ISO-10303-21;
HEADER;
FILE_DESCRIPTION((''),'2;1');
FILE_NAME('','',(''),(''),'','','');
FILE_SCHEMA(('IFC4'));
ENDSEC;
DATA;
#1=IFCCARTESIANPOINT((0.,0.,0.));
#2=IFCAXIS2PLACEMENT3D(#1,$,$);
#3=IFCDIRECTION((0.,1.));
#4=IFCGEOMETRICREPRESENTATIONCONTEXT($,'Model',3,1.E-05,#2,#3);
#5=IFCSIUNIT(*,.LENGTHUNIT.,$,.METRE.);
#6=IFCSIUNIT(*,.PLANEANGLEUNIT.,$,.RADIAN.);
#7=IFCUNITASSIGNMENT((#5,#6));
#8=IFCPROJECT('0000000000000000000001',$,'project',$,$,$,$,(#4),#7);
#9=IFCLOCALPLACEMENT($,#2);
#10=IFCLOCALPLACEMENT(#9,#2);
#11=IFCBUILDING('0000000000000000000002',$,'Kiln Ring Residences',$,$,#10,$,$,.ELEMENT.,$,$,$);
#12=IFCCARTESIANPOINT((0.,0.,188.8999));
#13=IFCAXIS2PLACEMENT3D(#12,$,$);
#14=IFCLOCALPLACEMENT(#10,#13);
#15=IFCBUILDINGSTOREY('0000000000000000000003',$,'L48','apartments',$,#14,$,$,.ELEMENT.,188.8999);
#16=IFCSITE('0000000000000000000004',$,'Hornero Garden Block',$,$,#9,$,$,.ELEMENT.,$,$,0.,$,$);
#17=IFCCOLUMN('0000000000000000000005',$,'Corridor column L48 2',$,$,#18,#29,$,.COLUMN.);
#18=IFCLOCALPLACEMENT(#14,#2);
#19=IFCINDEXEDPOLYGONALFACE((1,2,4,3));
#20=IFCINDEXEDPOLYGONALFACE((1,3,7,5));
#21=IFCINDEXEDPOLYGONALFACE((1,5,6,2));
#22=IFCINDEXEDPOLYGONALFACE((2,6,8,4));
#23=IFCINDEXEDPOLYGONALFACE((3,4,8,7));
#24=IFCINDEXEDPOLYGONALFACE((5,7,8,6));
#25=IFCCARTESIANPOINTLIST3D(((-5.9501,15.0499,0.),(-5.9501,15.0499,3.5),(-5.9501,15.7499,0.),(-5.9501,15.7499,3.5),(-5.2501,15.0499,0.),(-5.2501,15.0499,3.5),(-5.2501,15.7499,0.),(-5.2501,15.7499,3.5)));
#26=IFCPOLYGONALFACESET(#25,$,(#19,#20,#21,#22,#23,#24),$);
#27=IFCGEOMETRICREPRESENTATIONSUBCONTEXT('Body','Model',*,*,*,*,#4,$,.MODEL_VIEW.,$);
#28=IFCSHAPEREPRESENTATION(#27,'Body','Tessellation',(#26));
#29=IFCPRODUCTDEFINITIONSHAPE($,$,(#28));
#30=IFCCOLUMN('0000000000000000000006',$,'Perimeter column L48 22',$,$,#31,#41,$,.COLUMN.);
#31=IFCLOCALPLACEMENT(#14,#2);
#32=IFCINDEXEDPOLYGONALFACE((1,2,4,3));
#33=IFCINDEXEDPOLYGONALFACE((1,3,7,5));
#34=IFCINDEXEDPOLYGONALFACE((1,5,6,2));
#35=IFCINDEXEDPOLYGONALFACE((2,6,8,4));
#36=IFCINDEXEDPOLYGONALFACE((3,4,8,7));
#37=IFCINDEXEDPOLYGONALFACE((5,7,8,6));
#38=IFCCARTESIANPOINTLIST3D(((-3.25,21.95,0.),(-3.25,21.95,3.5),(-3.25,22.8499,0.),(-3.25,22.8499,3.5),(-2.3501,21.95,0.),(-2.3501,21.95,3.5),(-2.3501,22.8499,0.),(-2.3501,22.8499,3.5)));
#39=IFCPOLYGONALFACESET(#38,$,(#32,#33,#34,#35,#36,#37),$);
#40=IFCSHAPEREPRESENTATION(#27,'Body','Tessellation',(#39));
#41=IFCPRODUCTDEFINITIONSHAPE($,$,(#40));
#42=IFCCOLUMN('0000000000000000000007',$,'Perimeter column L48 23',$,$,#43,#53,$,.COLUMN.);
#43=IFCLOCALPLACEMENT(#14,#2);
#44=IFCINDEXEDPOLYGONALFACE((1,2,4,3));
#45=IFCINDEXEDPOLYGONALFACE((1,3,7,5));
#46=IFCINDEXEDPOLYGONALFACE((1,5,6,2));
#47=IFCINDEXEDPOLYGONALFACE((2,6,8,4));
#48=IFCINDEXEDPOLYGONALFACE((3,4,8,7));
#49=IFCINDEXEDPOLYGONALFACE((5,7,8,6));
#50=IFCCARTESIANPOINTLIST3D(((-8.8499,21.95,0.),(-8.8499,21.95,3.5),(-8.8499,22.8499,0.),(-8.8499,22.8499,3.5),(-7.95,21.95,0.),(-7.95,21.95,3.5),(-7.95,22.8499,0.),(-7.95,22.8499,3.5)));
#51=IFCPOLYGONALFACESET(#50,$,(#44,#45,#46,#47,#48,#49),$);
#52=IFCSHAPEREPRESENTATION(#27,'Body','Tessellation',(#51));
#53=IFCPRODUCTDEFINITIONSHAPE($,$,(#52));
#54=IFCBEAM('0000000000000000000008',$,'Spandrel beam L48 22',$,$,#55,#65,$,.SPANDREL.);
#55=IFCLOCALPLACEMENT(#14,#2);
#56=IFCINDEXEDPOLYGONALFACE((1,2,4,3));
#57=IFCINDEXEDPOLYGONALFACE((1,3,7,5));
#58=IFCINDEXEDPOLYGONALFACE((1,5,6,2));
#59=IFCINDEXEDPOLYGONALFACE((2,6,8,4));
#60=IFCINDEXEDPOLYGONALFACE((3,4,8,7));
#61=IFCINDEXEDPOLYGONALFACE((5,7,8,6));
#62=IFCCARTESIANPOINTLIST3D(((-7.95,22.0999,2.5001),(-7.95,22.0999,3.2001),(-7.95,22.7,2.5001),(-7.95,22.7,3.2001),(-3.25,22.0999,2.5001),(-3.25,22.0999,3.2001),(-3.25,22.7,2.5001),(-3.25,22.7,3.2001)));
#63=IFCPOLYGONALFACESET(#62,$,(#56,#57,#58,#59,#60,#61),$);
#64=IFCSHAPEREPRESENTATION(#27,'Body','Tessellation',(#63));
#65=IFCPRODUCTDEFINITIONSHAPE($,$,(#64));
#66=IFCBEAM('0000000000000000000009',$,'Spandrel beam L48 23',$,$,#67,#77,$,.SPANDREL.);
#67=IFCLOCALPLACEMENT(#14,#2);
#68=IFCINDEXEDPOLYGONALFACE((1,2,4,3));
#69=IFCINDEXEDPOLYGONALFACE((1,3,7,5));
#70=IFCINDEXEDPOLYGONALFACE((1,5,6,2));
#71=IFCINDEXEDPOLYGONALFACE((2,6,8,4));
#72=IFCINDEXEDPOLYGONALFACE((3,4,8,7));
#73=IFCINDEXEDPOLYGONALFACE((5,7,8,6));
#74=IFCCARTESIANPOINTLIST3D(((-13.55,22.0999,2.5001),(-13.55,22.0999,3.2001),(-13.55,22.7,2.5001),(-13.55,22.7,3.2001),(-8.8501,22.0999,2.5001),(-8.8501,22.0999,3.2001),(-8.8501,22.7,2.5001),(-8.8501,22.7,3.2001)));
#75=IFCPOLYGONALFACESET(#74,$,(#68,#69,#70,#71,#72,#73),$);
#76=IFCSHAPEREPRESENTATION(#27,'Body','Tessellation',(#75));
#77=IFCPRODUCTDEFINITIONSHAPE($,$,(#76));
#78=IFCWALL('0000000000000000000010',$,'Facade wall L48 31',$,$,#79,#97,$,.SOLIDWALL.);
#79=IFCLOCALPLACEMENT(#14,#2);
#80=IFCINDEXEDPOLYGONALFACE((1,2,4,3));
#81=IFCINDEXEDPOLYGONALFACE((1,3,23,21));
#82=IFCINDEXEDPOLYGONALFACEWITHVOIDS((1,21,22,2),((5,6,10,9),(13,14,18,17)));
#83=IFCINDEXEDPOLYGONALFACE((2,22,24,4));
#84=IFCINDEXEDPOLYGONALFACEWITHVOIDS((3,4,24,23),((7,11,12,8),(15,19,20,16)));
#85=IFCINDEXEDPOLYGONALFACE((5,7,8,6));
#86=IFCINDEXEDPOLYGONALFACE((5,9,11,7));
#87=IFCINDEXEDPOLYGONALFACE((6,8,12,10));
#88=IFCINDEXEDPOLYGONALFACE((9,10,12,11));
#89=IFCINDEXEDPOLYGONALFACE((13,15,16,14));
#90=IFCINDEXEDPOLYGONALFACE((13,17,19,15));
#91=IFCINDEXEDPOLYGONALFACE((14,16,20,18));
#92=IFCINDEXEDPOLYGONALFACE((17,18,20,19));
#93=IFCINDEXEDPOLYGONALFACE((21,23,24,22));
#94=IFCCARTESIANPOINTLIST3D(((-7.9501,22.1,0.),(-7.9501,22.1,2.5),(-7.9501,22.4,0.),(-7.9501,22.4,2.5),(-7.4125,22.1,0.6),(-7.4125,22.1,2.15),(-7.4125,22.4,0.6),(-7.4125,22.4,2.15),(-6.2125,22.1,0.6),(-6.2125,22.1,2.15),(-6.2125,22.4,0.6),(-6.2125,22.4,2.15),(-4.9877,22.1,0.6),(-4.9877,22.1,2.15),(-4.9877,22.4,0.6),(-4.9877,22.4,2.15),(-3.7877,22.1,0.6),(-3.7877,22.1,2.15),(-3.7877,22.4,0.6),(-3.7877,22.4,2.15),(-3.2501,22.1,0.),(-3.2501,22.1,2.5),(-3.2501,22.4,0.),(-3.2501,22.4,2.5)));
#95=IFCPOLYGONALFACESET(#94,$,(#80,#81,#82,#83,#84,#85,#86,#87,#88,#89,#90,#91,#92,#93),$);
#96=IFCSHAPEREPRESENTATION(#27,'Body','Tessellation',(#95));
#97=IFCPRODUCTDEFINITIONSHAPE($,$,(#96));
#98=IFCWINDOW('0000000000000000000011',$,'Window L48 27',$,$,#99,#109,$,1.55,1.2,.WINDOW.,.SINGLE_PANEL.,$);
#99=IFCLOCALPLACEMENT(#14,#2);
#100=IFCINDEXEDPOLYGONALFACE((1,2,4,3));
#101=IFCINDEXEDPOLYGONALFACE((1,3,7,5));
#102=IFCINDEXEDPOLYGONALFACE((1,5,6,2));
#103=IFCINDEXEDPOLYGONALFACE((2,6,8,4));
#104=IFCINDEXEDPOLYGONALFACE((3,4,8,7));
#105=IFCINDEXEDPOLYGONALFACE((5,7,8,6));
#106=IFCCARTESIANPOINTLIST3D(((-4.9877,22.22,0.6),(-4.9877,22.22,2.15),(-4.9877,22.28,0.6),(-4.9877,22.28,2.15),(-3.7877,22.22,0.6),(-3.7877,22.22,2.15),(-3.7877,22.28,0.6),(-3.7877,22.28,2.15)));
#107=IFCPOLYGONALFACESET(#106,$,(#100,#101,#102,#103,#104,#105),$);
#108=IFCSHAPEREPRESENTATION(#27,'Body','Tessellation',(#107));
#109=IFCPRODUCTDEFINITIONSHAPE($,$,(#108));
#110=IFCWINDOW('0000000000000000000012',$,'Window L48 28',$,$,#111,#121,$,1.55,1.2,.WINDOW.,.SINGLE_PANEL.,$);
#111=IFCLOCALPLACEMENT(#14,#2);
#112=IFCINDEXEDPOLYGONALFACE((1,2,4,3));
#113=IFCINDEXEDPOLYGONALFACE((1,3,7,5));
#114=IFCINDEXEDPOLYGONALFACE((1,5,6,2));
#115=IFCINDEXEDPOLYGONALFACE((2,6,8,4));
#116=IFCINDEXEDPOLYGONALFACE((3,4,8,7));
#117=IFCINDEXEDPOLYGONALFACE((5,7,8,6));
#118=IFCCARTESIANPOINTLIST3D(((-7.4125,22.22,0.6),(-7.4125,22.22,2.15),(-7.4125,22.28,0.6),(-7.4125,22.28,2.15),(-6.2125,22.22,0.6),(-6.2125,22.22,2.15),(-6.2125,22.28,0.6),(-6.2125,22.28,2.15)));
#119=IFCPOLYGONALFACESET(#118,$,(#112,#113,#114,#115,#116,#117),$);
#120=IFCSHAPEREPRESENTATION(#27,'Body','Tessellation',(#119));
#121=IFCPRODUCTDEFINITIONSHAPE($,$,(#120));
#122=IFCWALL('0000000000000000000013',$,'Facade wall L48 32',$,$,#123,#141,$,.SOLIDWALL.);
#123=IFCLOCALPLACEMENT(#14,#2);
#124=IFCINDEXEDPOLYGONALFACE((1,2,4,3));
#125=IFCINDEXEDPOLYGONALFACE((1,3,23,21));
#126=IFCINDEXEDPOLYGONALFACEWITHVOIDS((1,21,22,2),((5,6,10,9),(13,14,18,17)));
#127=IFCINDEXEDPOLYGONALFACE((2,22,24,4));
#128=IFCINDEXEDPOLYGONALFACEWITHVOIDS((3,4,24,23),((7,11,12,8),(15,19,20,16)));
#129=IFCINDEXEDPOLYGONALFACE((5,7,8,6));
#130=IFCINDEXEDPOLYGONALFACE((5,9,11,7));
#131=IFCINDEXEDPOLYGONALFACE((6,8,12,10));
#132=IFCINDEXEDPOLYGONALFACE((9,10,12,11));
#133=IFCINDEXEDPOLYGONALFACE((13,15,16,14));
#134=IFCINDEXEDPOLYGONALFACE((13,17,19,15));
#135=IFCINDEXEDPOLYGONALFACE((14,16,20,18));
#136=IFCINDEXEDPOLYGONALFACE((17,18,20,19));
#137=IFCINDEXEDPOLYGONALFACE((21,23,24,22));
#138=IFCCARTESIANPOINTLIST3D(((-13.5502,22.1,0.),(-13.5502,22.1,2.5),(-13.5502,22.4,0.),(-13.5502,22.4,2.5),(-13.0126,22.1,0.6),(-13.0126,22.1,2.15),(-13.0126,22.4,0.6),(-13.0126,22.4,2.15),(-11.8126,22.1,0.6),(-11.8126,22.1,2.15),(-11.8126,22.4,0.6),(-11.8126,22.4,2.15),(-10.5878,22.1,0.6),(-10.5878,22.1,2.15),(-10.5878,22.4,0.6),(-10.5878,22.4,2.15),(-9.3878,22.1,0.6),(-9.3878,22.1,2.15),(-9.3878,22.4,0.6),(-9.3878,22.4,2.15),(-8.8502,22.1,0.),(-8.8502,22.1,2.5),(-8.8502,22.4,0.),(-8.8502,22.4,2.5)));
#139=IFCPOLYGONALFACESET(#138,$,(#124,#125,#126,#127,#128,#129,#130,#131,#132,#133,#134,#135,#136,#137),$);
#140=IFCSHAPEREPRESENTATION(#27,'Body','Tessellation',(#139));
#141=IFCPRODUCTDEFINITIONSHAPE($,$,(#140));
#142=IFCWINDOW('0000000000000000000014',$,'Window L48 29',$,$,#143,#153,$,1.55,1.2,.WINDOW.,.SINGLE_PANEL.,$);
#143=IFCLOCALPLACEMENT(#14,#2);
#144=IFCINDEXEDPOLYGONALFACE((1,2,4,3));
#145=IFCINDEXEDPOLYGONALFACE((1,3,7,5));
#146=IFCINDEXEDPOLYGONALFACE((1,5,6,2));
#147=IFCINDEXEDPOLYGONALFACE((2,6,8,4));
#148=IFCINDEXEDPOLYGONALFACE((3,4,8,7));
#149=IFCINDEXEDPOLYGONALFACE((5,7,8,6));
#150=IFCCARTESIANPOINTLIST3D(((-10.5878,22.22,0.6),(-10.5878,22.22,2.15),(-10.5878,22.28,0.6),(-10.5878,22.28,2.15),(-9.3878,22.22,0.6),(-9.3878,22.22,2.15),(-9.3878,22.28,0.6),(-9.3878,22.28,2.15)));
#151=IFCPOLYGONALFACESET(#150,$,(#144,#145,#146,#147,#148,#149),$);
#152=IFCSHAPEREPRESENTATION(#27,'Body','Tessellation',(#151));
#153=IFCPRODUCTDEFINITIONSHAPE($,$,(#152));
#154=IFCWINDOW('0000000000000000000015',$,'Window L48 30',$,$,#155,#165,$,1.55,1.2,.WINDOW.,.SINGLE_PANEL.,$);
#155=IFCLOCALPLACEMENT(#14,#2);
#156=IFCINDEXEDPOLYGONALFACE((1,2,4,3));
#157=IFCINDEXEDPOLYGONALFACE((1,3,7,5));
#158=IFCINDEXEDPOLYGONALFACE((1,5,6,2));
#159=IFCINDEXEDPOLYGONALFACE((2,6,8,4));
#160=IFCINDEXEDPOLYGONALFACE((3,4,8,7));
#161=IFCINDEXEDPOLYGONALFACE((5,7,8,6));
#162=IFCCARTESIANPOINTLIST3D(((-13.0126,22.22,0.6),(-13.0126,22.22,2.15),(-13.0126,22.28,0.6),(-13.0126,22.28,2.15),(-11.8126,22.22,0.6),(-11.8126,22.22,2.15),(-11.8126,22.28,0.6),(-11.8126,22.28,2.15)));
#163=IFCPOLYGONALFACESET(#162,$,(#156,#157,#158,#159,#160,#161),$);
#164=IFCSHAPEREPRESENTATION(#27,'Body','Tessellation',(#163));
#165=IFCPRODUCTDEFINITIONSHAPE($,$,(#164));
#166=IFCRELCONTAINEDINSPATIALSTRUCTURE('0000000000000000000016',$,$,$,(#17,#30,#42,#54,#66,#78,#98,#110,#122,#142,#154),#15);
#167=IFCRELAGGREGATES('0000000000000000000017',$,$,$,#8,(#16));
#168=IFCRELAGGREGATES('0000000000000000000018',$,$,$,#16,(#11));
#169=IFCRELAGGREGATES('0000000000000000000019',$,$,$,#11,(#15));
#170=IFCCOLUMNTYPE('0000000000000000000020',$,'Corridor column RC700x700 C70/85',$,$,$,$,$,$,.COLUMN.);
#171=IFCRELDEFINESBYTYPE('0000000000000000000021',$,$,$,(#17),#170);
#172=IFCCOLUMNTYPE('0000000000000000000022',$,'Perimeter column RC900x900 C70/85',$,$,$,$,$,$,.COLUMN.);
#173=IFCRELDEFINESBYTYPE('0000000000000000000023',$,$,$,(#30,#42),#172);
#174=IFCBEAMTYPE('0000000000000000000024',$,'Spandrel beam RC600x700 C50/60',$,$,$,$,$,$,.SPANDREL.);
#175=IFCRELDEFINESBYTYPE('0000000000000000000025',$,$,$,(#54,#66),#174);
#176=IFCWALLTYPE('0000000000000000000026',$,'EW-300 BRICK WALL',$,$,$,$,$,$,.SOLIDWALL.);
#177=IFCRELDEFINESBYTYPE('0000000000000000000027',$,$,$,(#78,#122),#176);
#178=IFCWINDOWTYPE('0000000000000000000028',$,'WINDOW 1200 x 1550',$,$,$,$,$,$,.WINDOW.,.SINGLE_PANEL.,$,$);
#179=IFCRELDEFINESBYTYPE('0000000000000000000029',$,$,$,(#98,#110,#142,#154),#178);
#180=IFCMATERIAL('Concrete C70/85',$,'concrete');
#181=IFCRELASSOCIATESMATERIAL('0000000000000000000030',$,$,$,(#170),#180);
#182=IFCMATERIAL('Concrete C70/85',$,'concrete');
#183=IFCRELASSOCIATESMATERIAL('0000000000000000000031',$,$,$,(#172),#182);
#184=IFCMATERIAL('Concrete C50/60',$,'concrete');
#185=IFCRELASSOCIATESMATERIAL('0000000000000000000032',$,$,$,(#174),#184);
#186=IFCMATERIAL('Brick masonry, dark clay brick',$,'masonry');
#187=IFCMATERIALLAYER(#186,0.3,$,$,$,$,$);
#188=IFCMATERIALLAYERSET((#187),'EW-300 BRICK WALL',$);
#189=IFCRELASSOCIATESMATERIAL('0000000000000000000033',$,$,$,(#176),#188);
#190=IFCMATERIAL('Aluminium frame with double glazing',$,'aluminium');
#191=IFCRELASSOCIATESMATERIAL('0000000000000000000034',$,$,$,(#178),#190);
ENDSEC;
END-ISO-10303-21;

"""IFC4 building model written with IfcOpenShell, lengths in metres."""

from ifc_helpers import new_model, si_unit, direction, frame, frame_2d, origin, origin_2d, place, context, subcontext, project, spatial, rectangle, extrude, material, layer, layer_set, material_profile, profile_set, type_object, element, fill, save


model = new_model("IFC4")

# Units and contexts
model_context = context("Model", 3, precision=1e-05, world=origin(), true_north=direction((0.0, 1.0)))
body_context = subcontext(model_context, "Body", "Model", "MODEL_VIEW")
ifc_project = project(units=[si_unit("LENGTHUNIT", "METRE"), si_unit("PLANEANGLEUNIT", "RADIAN")], contexts=[model_context])

# Site, building, storey
site_placement = place(None, origin())
site = spatial("IfcSite", under=ifc_project, at=site_placement, Name="Hornero Garden Block", CompositionType="ELEMENT", RefElevation=0.0)
building_placement = place(site_placement, origin())
building = spatial("IfcBuilding", under=site, at=building_placement, Name="Kiln Ring Residences", CompositionType="ELEMENT")
storey_placement = place(building_placement, frame((0.0, 0.0, 188.8999)))
storey = spatial("IfcBuildingStorey", under=building, at=storey_placement, Name="L48", Description="apartments", CompositionType="ELEMENT", Elevation=188.8999)

# Columns
ifc_material_1 = material(Name="Concrete C70/85", Category="concrete")
ifc_material_profile_1 = material_profile(ifc_material_1, rectangle(XDim=0.7, YDim=0.7, at=origin_2d()), Name="RC700x700")
ifc_profile_set_1 = profile_set([ifc_material_profile_1], Name="Concrete C70/85")
column_type_1 = type_object("IfcColumnType", Name="Corridor column RC700x700 C70/85", PredefinedType="COLUMN", material=ifc_profile_set_1)
column_placement = place(storey_placement, frame((-5.6001, 15.3999, 0.0), z_axis=(0.0, 0.0, 1.0), x_axis=(1.0, 0.0, 0.0)))
element("IfcColumn", 1, at=column_placement, inside=storey, type_object=column_type_1, Name="Corridor column L48 2", PredefinedType="COLUMN", context=body_context, shape_type="SweptSolid", body=[
    extrude(rectangle(XDim=0.7, YDim=0.7, at=origin_2d()), origin(), (0.0, 0.0, 1.0), 3.5),
])
ifc_material_2 = material(Name="Concrete C70/85", Category="concrete")
ifc_material_profile_2 = material_profile(ifc_material_2, rectangle(XDim=0.8999, YDim=0.8999, at=origin_2d()), Name="RC900x900")
ifc_profile_set_2 = profile_set([ifc_material_profile_2], Name="Concrete C70/85")
column_type_2 = type_object("IfcColumnType", Name="Perimeter column RC900x900 C70/85", PredefinedType="COLUMN", material=ifc_profile_set_2)
for number, where, z_axis, x_axis, name in (
    (2, (-2.8, 22.3999, 0.0), (0.0, 0.0, 1.0), (1.0, 0.0, 0.0), "Perimeter column L48 22"),
    (3, (-8.3999, 22.3999, 0.0), (0.0, 0.0, 1.0), (1.0, 0.0, 0.0), "Perimeter column L48 23"),
):
    element("IfcColumn", number, at=place(storey_placement, frame(where, z_axis=z_axis, x_axis=x_axis)), inside=storey, type_object=column_type_2, Name=name, PredefinedType="COLUMN", context=body_context, shape_type="SweptSolid", body=[
        extrude(rectangle(XDim=0.8999, YDim=0.8999, at=origin_2d()), origin(), (0.0, 0.0, 1.0), 3.5),
    ])

# Beams
ifc_material_3 = material(Name="Concrete C50/60", Category="concrete")
ifc_material_profile_3 = material_profile(ifc_material_3, rectangle(XDim=0.6001, YDim=0.7, at=origin_2d()), Name="RC600x700")
ifc_profile_set_3 = profile_set([ifc_material_profile_3], Name="Concrete C50/60")
beam_type = type_object("IfcBeamType", Name="Spandrel beam RC600x700 C50/60", PredefinedType="SPANDREL", material=ifc_profile_set_3)
for number, where, z_axis, x_axis, name in (
    (4, (-3.25, 22.3999, 2.8501), (-1.0, 0.0, 0.0), (0.0, -1.0, 0.0), "Spandrel beam L48 22"),
    (5, (-8.8501, 22.3999, 2.8501), (-1.0, 0.0, 0.0), (0.0, -1.0, 0.0), "Spandrel beam L48 23"),
):
    element("IfcBeam", number, at=place(storey_placement, frame(where, z_axis=z_axis, x_axis=x_axis)), inside=storey, type_object=beam_type, Name=name, PredefinedType="SPANDREL", context=body_context, shape_type="SweptSolid", body=[
        extrude(rectangle(XDim=0.6001, YDim=0.7, at=origin_2d()), origin(), (0.0, 0.0, 1.0), 4.7),
    ])

# Walls, openings, windows
ifc_material_4 = material(Name="Brick masonry, dark clay brick", Category="masonry")
ifc_layer_1 = layer(ifc_material_4, 0.3)
ifc_layer_set_1 = layer_set([ifc_layer_1], Name="EW-300 BRICK WALL")
wall_type_1 = type_object("IfcWallType", Name="EW-300 BRICK WALL", PredefinedType="SOLIDWALL", material=ifc_layer_set_1)
wall_1_placement = place(storey_placement, frame((-3.25, 22.25, 0.0), z_axis=(0.0, 0.0, 1.0), x_axis=(-1.0, 0.0, 0.0)))
wall_1 = element("IfcWall", 6, at=wall_1_placement, inside=storey, type_object=wall_type_1, Name="Facade wall L48 31", PredefinedType="SOLIDWALL", context=body_context, shape_type="SweptSolid", body=[
    extrude(rectangle(XDim=4.7, YDim=0.3, at=frame_2d((2.3501, 0.0))), origin(), (0.0, 0.0, 1.0), 2.5),
])
opening_1_placement = place(wall_1_placement, frame((0.5376, 0.0, 0.6001)))
opening_1 = element("IfcOpeningElement", 7, at=opening_1_placement, cuts=wall_1, PredefinedType="OPENING", context=body_context, shape_type="SweptSolid", body=[
    extrude(rectangle(XDim=1.2, YDim=1.55, at=frame_2d((0.6001, 0.7749))), frame((0.0, 0.1599, 0.0), z_axis=(0.0, -1.0, 0.0), x_axis=(1.0, 0.0, 0.0)), (0.0, 0.0, 1.0), 0.3201),
])
opening_2_placement = place(wall_1_placement, frame((2.9624, 0.0, 0.6001)))
opening_2 = element("IfcOpeningElement", 8, at=opening_2_placement, cuts=wall_1, PredefinedType="OPENING", context=body_context, shape_type="SweptSolid", body=[
    extrude(rectangle(XDim=1.2, YDim=1.55, at=frame_2d((0.6001, 0.7749))), frame((0.0, 0.1599, 0.0), z_axis=(0.0, -1.0, 0.0), x_axis=(1.0, 0.0, 0.0)), (0.0, 0.0, 1.0), 0.3201),
])
ifc_material_5 = material(Name="Aluminium frame with double glazing", Category="aluminium")
window_type = type_object("IfcWindowType", Name="WINDOW 1200 x 1550", PartitioningType="SINGLE_PANEL", PredefinedType="WINDOW", material=ifc_material_5)
window_1_placement = place(opening_1_placement, origin())
window_1 = element("IfcWindow", 9, at=window_1_placement, inside=storey, type_object=window_type, Name="Window L48 27", OverallHeight=1.55, OverallWidth=1.2, PartitioningType="SINGLE_PANEL", PredefinedType="WINDOW", context=body_context, shape_type="SweptSolid", body=[
    extrude(rectangle(XDim=1.2, YDim=1.55, at=frame_2d((0.6001, 0.7749))), frame((0.0, 0.03, 0.0), z_axis=(0.0, -1.0, 0.0), x_axis=(1.0, 0.0, 0.0)), (0.0, 0.0, 1.0), 0.0601),
])
fill(opening_1, window_1)
window_2_placement = place(opening_2_placement, origin())
window_2 = element("IfcWindow", 10, at=window_2_placement, inside=storey, type_object=window_type, Name="Window L48 28", OverallHeight=1.55, OverallWidth=1.2, PartitioningType="SINGLE_PANEL", PredefinedType="WINDOW", context=body_context, shape_type="SweptSolid", body=[
    extrude(rectangle(XDim=1.2, YDim=1.55, at=frame_2d((0.6001, 0.7749))), frame((0.0, 0.03, 0.0), z_axis=(0.0, -1.0, 0.0), x_axis=(1.0, 0.0, 0.0)), (0.0, 0.0, 1.0), 0.0601),
])
fill(opening_2, window_2)
wall_2_placement = place(storey_placement, frame((-8.8501, 22.25, 0.0), z_axis=(0.0, 0.0, 1.0), x_axis=(-1.0, 0.0, 0.0)))
wall_2 = element("IfcWall", 11, at=wall_2_placement, inside=storey, type_object=wall_type_1, Name="Facade wall L48 32", PredefinedType="SOLIDWALL", context=body_context, shape_type="SweptSolid", body=[
    extrude(rectangle(XDim=4.7, YDim=0.3, at=frame_2d((2.3501, 0.0))), origin(), (0.0, 0.0, 1.0), 2.5),
])
opening_3_placement = place(wall_2_placement, frame((0.5376, 0.0, 0.6001)))
opening_3 = element("IfcOpeningElement", 12, at=opening_3_placement, cuts=wall_2, PredefinedType="OPENING", context=body_context, shape_type="SweptSolid", body=[
    extrude(rectangle(XDim=1.2, YDim=1.55, at=frame_2d((0.6001, 0.7749))), frame((0.0, 0.1599, 0.0), z_axis=(0.0, -1.0, 0.0), x_axis=(1.0, 0.0, 0.0)), (0.0, 0.0, 1.0), 0.3201),
])
opening_4_placement = place(wall_2_placement, frame((2.9624, 0.0, 0.6001)))
opening_4 = element("IfcOpeningElement", 13, at=opening_4_placement, cuts=wall_2, PredefinedType="OPENING", context=body_context, shape_type="SweptSolid", body=[
    extrude(rectangle(XDim=1.2, YDim=1.55, at=frame_2d((0.6001, 0.7749))), frame((0.0, 0.1599, 0.0), z_axis=(0.0, -1.0, 0.0), x_axis=(1.0, 0.0, 0.0)), (0.0, 0.0, 1.0), 0.3201),
])
window_3_placement = place(opening_3_placement, origin())
window_3 = element("IfcWindow", 14, at=window_3_placement, inside=storey, type_object=window_type, Name="Window L48 29", OverallHeight=1.55, OverallWidth=1.2, PartitioningType="SINGLE_PANEL", PredefinedType="WINDOW", context=body_context, shape_type="SweptSolid", body=[
    extrude(rectangle(XDim=1.2, YDim=1.55, at=frame_2d((0.6001, 0.7749))), frame((0.0, 0.03, 0.0), z_axis=(0.0, -1.0, 0.0), x_axis=(1.0, 0.0, 0.0)), (0.0, 0.0, 1.0), 0.0601),
])
fill(opening_3, window_3)
window_4_placement = place(opening_4_placement, origin())
window_4 = element("IfcWindow", 15, at=window_4_placement, inside=storey, type_object=window_type, Name="Window L48 30", OverallHeight=1.55, OverallWidth=1.2, PartitioningType="SINGLE_PANEL", PredefinedType="WINDOW", context=body_context, shape_type="SweptSolid", body=[
    extrude(rectangle(XDim=1.2, YDim=1.55, at=frame_2d((0.6001, 0.7749))), frame((0.0, 0.03, 0.0), z_axis=(0.0, -1.0, 0.0), x_axis=(1.0, 0.0, 0.0)), (0.0, 0.0, 1.0), 0.0601),
])
fill(opening_4, window_4)

save(model, "model.ifc")
